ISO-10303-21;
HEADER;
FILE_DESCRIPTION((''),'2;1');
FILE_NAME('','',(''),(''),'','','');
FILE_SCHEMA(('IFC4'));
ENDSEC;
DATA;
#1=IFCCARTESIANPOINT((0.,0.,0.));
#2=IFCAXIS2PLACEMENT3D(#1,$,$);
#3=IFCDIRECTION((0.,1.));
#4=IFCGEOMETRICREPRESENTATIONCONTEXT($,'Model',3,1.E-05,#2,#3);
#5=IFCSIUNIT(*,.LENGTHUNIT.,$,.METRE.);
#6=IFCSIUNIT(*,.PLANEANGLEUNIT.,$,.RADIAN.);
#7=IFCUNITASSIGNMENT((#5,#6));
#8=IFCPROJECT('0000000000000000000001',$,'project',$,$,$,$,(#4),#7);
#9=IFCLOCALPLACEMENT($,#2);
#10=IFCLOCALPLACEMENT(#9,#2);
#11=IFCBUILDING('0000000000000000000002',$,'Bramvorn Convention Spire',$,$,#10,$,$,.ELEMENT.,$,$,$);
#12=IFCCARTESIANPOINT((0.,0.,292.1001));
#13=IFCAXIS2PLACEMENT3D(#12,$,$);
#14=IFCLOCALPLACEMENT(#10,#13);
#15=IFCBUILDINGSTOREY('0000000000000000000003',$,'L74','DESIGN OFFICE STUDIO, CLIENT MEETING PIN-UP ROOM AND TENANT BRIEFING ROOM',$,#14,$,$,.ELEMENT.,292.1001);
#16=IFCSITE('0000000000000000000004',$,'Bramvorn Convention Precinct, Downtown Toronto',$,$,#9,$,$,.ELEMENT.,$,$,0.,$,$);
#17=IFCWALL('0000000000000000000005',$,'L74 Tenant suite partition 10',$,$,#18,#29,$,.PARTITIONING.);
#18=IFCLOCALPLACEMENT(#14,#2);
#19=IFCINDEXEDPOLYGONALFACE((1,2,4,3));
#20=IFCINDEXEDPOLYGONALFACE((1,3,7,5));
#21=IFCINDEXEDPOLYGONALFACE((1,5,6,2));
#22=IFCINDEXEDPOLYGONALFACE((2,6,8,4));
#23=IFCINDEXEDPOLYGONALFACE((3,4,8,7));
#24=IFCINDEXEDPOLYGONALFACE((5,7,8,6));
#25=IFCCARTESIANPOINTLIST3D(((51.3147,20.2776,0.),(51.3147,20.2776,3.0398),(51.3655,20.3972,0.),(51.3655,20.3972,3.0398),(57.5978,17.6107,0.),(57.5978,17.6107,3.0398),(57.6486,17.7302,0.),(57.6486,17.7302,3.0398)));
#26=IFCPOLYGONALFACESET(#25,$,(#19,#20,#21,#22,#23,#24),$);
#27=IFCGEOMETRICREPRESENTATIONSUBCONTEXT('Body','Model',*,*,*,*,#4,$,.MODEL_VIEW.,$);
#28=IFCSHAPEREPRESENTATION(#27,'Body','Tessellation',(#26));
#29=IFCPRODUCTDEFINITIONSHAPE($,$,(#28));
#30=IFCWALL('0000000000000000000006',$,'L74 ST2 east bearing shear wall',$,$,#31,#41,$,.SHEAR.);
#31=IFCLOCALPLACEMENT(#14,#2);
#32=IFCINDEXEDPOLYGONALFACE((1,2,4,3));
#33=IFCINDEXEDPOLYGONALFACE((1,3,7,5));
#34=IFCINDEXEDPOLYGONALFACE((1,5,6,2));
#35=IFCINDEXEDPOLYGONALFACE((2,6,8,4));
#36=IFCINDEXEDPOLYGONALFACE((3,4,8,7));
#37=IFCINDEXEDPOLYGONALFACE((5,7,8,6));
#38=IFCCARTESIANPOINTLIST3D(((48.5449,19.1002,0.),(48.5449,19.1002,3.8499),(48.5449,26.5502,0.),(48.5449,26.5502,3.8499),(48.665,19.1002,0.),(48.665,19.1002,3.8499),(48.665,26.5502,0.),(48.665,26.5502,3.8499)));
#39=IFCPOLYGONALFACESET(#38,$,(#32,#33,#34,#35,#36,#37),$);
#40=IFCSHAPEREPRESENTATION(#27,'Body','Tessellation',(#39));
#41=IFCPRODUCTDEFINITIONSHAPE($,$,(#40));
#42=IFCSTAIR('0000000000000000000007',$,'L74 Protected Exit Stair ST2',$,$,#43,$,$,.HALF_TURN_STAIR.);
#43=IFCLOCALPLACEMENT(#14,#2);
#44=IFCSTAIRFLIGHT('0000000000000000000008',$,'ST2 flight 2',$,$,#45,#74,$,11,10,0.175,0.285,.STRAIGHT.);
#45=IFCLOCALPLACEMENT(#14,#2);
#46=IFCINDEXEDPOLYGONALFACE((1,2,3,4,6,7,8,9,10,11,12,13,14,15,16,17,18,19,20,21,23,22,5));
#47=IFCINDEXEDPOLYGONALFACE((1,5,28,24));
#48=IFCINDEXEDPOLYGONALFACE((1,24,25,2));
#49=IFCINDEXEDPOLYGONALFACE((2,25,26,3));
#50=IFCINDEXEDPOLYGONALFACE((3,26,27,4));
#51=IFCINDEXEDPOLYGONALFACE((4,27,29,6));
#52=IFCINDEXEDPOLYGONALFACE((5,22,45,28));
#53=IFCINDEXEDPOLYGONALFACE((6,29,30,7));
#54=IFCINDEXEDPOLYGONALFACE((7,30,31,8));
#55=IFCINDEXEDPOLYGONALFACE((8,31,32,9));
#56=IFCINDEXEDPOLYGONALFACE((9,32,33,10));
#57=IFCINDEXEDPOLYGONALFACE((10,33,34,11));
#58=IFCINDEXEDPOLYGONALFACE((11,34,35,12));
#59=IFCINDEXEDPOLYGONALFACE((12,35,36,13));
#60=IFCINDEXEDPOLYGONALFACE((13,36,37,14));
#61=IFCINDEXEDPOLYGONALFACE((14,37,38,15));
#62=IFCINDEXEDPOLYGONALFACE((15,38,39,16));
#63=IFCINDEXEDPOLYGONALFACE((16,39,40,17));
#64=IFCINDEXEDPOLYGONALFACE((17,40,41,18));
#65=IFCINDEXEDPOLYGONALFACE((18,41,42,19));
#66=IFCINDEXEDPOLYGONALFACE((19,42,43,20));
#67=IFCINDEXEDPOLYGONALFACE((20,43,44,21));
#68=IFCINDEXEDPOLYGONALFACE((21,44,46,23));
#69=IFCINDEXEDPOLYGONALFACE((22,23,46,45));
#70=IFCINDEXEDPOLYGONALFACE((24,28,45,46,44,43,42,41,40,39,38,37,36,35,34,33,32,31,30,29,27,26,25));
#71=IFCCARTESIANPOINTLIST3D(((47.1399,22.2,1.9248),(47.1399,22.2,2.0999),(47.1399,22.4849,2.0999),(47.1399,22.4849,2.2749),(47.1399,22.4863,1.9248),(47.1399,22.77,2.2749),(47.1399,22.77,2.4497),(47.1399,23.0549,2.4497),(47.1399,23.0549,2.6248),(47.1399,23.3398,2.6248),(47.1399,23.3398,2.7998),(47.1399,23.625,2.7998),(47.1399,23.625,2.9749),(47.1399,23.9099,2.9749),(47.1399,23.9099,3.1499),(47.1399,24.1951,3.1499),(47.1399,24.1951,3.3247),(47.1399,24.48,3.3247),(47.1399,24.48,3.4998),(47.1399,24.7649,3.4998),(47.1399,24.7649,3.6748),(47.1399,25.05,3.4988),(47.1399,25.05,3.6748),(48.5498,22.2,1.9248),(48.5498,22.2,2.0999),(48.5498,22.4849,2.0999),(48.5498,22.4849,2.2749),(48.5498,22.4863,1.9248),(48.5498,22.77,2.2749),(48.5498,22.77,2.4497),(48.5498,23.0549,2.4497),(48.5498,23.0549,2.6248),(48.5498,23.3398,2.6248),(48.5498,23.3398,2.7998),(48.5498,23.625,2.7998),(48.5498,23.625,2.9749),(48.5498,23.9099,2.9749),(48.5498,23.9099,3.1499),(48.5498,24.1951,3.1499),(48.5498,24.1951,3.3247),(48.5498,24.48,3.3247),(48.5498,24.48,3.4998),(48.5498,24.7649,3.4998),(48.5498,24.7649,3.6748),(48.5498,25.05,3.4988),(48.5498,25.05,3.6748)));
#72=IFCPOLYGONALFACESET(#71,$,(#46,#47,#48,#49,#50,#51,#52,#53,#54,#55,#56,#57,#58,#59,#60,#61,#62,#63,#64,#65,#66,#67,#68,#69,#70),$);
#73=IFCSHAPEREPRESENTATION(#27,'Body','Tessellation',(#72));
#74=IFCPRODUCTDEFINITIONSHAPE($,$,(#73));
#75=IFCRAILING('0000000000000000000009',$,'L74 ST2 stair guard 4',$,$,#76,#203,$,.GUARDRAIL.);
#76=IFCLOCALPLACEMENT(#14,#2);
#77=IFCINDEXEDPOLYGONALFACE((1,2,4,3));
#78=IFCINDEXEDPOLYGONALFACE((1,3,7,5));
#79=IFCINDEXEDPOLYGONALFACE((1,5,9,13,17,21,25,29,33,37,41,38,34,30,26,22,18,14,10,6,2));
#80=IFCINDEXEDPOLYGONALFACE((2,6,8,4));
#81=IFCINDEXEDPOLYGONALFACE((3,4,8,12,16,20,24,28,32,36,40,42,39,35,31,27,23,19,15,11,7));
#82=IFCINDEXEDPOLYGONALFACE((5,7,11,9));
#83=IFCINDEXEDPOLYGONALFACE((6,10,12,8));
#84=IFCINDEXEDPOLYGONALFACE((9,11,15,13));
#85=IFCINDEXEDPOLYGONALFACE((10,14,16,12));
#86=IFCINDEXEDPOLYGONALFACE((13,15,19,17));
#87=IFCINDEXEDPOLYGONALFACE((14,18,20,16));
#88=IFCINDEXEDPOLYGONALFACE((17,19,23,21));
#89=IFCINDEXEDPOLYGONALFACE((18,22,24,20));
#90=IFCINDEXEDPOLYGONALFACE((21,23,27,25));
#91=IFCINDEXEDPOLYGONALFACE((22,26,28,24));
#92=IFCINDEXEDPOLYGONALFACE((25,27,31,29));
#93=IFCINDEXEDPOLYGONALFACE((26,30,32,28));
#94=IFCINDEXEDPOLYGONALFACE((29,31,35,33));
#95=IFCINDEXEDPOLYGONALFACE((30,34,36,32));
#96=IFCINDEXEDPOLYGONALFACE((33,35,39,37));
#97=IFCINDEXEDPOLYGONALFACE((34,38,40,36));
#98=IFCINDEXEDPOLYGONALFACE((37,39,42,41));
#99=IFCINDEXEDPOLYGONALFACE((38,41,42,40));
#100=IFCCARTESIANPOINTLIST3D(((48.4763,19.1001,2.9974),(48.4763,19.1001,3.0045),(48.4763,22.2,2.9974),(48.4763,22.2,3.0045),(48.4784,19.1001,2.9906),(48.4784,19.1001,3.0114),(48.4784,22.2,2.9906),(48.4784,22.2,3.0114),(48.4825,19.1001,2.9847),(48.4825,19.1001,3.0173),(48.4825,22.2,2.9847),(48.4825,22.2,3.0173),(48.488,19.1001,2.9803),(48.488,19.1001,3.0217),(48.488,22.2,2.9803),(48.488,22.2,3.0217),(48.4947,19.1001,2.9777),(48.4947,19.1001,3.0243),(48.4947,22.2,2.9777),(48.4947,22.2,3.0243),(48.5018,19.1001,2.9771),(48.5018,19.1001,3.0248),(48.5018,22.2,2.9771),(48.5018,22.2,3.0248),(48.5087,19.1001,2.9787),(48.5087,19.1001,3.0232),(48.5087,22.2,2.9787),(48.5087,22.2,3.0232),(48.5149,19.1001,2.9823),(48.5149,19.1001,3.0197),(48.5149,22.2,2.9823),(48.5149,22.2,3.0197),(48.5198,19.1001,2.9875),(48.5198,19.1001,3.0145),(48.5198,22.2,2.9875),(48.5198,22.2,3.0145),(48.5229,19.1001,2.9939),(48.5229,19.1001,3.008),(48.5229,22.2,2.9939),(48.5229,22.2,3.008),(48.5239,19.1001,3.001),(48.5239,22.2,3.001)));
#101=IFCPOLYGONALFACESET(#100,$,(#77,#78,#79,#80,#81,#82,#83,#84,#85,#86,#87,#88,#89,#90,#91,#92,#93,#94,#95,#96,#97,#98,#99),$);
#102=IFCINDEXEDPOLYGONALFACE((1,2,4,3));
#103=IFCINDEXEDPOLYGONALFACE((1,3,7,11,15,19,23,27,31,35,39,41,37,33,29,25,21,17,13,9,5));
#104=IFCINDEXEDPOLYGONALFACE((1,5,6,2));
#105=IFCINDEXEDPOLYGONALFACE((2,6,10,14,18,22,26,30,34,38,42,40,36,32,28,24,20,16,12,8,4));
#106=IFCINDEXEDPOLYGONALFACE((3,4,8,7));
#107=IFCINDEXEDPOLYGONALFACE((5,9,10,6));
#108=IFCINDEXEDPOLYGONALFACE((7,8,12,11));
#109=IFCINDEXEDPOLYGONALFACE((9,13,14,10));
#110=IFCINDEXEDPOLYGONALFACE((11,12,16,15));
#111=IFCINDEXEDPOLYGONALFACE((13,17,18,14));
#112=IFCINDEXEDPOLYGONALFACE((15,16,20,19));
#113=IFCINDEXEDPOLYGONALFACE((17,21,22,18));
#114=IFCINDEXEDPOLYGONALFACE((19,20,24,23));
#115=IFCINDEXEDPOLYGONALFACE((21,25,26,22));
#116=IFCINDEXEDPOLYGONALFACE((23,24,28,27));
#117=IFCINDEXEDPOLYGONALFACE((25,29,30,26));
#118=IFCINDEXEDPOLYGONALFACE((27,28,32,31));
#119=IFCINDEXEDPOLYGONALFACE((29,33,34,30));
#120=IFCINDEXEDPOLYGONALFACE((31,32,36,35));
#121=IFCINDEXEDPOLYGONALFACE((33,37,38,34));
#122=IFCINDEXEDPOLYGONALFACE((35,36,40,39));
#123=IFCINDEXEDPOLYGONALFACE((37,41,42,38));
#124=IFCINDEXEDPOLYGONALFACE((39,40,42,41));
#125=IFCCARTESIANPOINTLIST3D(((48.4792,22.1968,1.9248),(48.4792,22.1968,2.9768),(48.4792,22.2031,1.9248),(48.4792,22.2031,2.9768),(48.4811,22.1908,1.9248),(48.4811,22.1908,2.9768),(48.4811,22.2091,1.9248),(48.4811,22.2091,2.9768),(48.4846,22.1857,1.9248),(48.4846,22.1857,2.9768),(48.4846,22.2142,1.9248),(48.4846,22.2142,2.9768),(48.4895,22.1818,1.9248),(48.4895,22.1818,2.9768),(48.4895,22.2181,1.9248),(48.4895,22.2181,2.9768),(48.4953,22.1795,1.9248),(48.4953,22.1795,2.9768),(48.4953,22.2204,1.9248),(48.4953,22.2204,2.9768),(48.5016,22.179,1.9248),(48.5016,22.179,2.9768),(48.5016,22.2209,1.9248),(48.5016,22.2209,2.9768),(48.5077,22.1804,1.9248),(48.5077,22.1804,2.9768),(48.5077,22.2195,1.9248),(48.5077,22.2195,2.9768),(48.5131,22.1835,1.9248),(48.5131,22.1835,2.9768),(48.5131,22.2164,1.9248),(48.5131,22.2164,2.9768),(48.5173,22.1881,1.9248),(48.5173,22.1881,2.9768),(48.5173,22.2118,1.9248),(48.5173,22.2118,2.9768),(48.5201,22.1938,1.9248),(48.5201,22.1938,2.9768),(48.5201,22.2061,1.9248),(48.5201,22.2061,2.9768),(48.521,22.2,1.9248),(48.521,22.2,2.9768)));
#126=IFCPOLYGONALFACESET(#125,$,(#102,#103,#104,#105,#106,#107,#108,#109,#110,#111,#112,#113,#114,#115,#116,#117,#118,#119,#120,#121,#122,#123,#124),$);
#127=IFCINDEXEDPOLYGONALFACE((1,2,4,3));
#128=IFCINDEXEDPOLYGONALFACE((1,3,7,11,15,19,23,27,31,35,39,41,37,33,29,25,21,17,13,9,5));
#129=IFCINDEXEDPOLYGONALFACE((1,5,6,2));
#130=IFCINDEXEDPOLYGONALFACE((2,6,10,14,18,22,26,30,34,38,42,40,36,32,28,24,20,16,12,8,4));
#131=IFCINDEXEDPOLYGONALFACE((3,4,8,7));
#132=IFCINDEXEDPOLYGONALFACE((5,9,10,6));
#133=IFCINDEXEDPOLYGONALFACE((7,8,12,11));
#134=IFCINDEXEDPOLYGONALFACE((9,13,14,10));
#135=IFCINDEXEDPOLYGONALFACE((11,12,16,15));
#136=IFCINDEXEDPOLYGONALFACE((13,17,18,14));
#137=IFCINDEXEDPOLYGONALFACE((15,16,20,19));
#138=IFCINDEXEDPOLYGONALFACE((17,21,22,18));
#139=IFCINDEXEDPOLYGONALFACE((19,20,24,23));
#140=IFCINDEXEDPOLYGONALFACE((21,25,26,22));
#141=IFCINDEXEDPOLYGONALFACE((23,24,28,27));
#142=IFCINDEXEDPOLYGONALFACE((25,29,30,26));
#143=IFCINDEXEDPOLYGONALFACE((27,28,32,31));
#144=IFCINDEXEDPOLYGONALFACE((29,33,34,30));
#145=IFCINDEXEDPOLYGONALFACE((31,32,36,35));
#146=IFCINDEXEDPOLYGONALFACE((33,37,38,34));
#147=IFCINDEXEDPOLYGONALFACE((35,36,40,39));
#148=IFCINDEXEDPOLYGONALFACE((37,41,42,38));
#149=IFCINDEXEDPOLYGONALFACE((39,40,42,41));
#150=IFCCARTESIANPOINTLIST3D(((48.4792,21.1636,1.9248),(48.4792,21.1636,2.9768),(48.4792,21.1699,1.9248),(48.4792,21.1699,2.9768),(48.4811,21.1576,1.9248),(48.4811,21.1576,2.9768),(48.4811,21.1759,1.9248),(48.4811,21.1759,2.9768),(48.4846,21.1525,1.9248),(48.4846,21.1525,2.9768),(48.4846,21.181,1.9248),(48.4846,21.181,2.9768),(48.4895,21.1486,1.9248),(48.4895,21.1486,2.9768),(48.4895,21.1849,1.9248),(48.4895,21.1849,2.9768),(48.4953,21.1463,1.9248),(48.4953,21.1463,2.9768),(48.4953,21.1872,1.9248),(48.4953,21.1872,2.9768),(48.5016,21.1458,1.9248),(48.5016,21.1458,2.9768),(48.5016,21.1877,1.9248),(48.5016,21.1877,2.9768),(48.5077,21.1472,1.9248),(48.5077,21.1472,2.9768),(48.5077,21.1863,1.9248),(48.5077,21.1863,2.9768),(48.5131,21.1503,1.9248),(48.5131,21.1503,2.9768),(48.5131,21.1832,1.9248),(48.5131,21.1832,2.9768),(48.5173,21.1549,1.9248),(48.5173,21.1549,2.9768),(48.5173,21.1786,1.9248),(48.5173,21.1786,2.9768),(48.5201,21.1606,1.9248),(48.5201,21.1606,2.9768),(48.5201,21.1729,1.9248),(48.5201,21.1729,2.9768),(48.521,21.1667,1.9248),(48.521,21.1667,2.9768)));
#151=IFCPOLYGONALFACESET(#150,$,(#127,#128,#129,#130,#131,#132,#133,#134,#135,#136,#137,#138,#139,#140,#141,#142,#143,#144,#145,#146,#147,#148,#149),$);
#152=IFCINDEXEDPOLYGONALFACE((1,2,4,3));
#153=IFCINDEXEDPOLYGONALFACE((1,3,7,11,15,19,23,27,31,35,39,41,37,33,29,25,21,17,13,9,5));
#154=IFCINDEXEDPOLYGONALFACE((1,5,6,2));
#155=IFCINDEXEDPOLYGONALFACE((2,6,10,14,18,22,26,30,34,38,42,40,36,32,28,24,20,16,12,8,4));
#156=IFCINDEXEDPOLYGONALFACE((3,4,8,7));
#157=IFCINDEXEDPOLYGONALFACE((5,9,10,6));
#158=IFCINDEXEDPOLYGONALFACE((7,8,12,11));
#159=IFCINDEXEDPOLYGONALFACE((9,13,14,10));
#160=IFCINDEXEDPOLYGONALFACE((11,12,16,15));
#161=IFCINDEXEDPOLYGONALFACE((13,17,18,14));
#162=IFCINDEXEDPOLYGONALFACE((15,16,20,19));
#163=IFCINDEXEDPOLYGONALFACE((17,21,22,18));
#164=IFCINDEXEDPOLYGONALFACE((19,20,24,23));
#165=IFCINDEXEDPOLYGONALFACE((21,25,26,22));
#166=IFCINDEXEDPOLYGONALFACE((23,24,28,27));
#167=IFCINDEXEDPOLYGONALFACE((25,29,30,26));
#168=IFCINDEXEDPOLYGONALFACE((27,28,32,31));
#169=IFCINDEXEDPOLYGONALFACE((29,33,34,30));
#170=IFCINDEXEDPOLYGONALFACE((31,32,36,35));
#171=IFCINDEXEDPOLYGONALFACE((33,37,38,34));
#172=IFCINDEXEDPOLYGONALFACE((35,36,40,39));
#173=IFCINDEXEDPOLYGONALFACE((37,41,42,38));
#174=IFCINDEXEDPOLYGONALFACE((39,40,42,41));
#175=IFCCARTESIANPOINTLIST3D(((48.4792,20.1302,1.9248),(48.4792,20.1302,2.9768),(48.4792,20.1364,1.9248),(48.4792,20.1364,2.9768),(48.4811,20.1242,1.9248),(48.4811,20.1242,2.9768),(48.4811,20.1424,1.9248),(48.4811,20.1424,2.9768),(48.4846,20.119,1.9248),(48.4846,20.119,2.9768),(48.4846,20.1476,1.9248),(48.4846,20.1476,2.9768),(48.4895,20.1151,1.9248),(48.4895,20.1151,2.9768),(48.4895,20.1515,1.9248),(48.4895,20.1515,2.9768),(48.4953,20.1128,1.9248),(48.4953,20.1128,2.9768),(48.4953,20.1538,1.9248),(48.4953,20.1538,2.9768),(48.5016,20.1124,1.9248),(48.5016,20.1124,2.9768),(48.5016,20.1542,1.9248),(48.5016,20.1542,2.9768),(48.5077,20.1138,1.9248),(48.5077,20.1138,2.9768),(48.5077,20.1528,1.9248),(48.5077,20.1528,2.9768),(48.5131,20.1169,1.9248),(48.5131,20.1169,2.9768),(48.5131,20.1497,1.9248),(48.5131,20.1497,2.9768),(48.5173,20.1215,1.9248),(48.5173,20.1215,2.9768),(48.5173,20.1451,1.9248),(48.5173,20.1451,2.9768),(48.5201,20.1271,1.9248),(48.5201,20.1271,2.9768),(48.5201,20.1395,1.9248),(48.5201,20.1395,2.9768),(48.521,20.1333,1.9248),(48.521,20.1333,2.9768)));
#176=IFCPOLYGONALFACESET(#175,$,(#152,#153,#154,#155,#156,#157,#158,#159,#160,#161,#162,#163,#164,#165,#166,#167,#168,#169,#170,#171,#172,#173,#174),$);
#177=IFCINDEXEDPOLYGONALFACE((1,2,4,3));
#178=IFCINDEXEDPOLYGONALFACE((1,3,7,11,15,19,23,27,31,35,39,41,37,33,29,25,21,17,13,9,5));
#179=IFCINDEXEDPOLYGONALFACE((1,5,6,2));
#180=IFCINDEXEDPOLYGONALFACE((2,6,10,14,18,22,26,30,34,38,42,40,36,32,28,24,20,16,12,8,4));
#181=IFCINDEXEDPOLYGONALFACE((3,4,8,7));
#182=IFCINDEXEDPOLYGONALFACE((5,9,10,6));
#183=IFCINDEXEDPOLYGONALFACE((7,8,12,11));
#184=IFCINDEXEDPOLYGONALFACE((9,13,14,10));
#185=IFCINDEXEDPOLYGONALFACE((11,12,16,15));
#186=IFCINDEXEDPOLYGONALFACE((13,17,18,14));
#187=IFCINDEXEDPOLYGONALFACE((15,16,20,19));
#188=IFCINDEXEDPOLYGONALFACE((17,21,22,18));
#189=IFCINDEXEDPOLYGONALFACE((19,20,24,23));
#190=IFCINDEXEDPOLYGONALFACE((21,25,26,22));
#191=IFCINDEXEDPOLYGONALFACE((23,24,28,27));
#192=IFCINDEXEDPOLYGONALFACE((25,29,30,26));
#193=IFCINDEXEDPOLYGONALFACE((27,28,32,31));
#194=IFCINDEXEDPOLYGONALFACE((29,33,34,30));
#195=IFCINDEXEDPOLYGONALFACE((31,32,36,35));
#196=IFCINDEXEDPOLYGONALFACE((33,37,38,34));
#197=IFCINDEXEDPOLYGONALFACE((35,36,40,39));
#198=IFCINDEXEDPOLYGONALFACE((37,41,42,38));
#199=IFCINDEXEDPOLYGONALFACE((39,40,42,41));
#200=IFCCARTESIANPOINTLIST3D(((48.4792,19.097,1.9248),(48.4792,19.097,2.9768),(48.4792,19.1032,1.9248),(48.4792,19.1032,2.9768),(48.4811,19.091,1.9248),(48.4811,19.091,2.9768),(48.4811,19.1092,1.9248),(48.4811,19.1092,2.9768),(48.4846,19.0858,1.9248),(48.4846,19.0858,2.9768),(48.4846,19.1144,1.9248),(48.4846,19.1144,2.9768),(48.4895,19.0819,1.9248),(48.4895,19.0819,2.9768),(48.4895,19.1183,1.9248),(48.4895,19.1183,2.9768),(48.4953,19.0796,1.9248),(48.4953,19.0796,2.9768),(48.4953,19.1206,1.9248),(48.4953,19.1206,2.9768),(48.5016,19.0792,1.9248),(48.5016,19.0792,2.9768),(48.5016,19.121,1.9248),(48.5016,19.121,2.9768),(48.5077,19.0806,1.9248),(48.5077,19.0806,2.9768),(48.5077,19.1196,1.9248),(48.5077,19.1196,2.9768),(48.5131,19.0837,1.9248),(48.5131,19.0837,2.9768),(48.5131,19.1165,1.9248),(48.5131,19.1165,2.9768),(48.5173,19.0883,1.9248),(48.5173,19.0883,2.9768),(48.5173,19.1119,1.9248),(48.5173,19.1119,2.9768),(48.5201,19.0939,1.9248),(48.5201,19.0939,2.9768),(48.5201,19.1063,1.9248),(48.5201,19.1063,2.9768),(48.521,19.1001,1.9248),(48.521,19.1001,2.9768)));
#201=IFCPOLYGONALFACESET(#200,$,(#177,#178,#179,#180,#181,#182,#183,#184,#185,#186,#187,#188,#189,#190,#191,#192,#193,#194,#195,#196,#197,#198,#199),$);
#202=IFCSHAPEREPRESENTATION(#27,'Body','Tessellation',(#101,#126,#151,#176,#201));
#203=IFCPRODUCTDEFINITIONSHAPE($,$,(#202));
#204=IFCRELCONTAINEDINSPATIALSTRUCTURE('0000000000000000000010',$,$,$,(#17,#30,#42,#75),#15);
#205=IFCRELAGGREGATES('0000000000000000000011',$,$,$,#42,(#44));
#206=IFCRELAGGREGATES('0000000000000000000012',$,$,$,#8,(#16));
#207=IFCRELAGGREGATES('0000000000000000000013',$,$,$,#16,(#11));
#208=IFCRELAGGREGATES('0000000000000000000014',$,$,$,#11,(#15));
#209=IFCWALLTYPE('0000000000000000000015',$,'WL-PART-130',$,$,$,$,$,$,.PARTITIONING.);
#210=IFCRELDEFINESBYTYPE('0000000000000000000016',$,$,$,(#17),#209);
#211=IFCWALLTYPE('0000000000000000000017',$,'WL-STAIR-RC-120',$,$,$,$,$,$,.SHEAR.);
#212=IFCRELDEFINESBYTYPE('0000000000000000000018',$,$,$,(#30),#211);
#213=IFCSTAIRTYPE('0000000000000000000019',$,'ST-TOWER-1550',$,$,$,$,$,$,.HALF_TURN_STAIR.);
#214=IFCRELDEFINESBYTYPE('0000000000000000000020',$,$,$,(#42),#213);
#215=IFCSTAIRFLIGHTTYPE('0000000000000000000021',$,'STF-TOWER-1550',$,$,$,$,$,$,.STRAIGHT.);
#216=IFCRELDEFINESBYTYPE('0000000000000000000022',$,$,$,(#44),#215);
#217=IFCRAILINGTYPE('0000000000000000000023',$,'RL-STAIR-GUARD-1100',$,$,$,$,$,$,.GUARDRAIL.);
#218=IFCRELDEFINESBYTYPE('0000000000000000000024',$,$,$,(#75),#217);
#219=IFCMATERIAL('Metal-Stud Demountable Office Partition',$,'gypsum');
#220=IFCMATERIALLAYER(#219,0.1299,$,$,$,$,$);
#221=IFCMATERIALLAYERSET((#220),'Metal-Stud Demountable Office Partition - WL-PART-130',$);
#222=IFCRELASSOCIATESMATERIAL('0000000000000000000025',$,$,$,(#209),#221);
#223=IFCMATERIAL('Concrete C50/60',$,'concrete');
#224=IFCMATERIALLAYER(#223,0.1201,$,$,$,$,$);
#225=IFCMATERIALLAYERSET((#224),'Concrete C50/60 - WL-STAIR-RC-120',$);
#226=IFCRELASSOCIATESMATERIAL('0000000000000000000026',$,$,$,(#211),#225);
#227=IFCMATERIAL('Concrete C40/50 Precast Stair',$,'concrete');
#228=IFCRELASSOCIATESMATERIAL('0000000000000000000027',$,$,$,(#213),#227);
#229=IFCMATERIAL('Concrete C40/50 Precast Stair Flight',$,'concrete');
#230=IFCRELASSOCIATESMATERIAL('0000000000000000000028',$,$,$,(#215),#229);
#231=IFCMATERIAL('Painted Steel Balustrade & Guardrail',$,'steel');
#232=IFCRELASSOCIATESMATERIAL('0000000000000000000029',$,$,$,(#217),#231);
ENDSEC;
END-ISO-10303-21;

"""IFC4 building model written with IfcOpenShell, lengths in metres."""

from ifc_helpers import new_model, si_unit, direction, frame, frame_2d, origin, origin_2d, place, context, subcontext, project, spatial, polyline, rectangle, circle, outline, extrude, material, layer, layer_set, type_object, element, aggregate, save


model = new_model("IFC4")

# Units and contexts
model_context = context("Model", 3, precision=1e-05, world=origin(), true_north=direction((0.0, 1.0)))
body_context = subcontext(model_context, "Body", "Model", "MODEL_VIEW")
ifc_project = project(units=[si_unit("LENGTHUNIT", "METRE"), si_unit("PLANEANGLEUNIT", "RADIAN")], contexts=[model_context])

# Site, building, storey
site_placement = place(None, origin())
site = spatial("IfcSite", under=ifc_project, at=site_placement, Name="Bramvorn Convention Precinct, Downtown Toronto", CompositionType="ELEMENT", RefElevation=0.0)
building_placement = place(site_placement, origin())
building = spatial("IfcBuilding", under=site, at=building_placement, Name="Bramvorn Convention Spire", CompositionType="ELEMENT")
storey_placement = place(building_placement, frame((0.0, 0.0, 292.1001)))
storey = spatial("IfcBuildingStorey", under=building, at=storey_placement, Name="L74", Description="DESIGN OFFICE STUDIO, CLIENT MEETING PIN-UP ROOM AND TENANT BRIEFING ROOM", CompositionType="ELEMENT", Elevation=292.1001)

# Shared definitions
ifc_material_1 = material(Name="Concrete C50/60", Category="concrete")

# Walls
ifc_material_2 = material(Name="Metal-Stud Demountable Office Partition", Category="gypsum")
ifc_layer_1 = layer(ifc_material_2, 0.1299)
ifc_layer_set_1 = layer_set([ifc_layer_1], Name="Metal-Stud Demountable Office Partition - WL-PART-130")
wall_type_1 = type_object("IfcWallType", Name="WL-PART-130", PredefinedType="PARTITIONING", material=ifc_layer_set_1)
wall_1_placement = place(storey_placement, frame((51.3401, 20.3374, 0.0), z_axis=(0.0, 0.0, 1.0), x_axis=(0.920509, -0.390723, 0.0)))
element("IfcWall", 1, at=wall_1_placement, inside=storey, type_object=wall_type_1, Name="L74 Tenant suite partition 10", PredefinedType="PARTITIONING", context=body_context, shape_type="SweptSolid", body=[
    extrude(rectangle(XDim=6.8257, YDim=0.1299, at=frame_2d((3.4128, 0.0))), origin(), (0.0, 0.0, 1.0), 3.0398),
])
ifc_layer_2 = layer(ifc_material_1, 0.1201)
ifc_layer_set_2 = layer_set([ifc_layer_2], Name="Concrete C50/60 - WL-STAIR-RC-120")
wall_type_2 = type_object("IfcWallType", Name="WL-STAIR-RC-120", PredefinedType="SHEAR", material=ifc_layer_set_2)
wall_2_placement = place(storey_placement, frame((48.605, 19.1001, 0.0), z_axis=(0.0, 0.0, 1.0), x_axis=(0.0, 1.0, 0.0)))
element("IfcWall", 2, at=wall_2_placement, inside=storey, type_object=wall_type_2, Name="L74 ST2 east bearing shear wall", PredefinedType="SHEAR", context=body_context, shape_type="SweptSolid", body=[
    extrude(rectangle(XDim=7.45, YDim=0.1201, at=frame_2d((3.7251, 0.0))), origin(), (0.0, 0.0, 1.0), 3.8499),
])

# Stair, stair flight
ifc_material_3 = material(Name="Concrete C40/50 Precast Stair", Category="concrete")
stair_type = type_object("IfcStairType", Name="ST-TOWER-1550", PredefinedType="HALF_TURN_STAIR", material=ifc_material_3)
stair_placement = place(storey_placement, origin())
stair = element("IfcStair", 3, at=stair_placement, inside=storey, type_object=stair_type, Name="L74 Protected Exit Stair ST2", PredefinedType="HALF_TURN_STAIR")
ifc_material_4 = material(Name="Concrete C40/50 Precast Stair Flight", Category="concrete")
stair_flight_type = type_object("IfcStairFlightType", Name="STF-TOWER-1550", PredefinedType="STRAIGHT", material=ifc_material_4)
stair_flight_placement = place(storey_placement, frame((47.845, 22.2, 1.9248), z_axis=(0.0, 0.0, 1.0), x_axis=(0.0, 1.0, 0.0)))
stair_flight = element("IfcStairFlight", 4, at=stair_flight_placement, type_object=stair_flight_type, Name="ST2 flight 2", NumberOfRisers=11, NumberOfTreads=10, PredefinedType="STRAIGHT", RiserHeight=0.175, TreadLength=0.285, context=body_context, shape_type="SweptSolid", body=[
    extrude(outline(polyline([(0.0, 0.0), (0.0, 0.175), (0.2849, 0.175), (0.2849, 0.3501), (0.5701, 0.3501), (0.5701, 0.5249), (0.855, 0.5249), (0.855, 0.7), (1.1399, 0.7), (1.1399, 0.875), (1.425, 0.875), (1.425, 1.05), (1.71, 1.05), (1.71, 1.2251), (1.9951, 1.2251), (1.9951, 1.3999), (2.28, 1.3999), (2.28, 1.575), (2.5649, 1.575), (2.5649, 1.75), (2.8501, 1.75), (2.8501, 1.925), (2.8501, 1.574), (0.2864, 0.0), (0.0, 0.0)])), frame((0.0, 0.7051, 0.0), z_axis=(0.0, -1.0, 0.0), x_axis=(1.0, 0.0, 0.0)), (0.0, 0.0, 1.0), 1.4099),
])
aggregate(stair, [stair_flight])

# Railing
ifc_material_5 = material(Name="Painted Steel Balustrade & Guardrail", Category="steel")
railing_type_1 = type_object("IfcRailingType", Name="RL-STAIR-GUARD-1100", PredefinedType="GUARDRAIL", material=ifc_material_5)
railing_1_placement = place(storey_placement, frame((48.5, 22.2, 1.9248)))
element("IfcRailing", 5, at=railing_1_placement, inside=storey, type_object=railing_type_1, Name="L74 ST2 stair guard 4", PredefinedType="GUARDRAIL", context=body_context, shape_type="SweptSolid", body=[
    extrude(circle(Radius=0.0239, at=origin_2d()), frame((0.0, 0.0, 1.0762), z_axis=(0.0, -1.0, 0.0), x_axis=(1.0, 0.0, 0.0)), (0.0, 0.0, 1.0), 3.0999),
    extrude(circle(Radius=0.021, at=origin_2d()), origin(), (0.0, 0.0, 1.0), 1.052),
    extrude(circle(Radius=0.021, at=origin_2d()), frame((0.0, -1.0332, 0.0)), (0.0, 0.0, 1.0), 1.052),
    extrude(circle(Radius=0.021, at=origin_2d()), frame((0.0, -2.0667, 0.0)), (0.0, 0.0, 1.0), 1.052),
    extrude(circle(Radius=0.021, at=origin_2d()), frame((0.0, -3.0999, 0.0)), (0.0, 0.0, 1.0), 1.052),
])

save(model, "model.ifc")
